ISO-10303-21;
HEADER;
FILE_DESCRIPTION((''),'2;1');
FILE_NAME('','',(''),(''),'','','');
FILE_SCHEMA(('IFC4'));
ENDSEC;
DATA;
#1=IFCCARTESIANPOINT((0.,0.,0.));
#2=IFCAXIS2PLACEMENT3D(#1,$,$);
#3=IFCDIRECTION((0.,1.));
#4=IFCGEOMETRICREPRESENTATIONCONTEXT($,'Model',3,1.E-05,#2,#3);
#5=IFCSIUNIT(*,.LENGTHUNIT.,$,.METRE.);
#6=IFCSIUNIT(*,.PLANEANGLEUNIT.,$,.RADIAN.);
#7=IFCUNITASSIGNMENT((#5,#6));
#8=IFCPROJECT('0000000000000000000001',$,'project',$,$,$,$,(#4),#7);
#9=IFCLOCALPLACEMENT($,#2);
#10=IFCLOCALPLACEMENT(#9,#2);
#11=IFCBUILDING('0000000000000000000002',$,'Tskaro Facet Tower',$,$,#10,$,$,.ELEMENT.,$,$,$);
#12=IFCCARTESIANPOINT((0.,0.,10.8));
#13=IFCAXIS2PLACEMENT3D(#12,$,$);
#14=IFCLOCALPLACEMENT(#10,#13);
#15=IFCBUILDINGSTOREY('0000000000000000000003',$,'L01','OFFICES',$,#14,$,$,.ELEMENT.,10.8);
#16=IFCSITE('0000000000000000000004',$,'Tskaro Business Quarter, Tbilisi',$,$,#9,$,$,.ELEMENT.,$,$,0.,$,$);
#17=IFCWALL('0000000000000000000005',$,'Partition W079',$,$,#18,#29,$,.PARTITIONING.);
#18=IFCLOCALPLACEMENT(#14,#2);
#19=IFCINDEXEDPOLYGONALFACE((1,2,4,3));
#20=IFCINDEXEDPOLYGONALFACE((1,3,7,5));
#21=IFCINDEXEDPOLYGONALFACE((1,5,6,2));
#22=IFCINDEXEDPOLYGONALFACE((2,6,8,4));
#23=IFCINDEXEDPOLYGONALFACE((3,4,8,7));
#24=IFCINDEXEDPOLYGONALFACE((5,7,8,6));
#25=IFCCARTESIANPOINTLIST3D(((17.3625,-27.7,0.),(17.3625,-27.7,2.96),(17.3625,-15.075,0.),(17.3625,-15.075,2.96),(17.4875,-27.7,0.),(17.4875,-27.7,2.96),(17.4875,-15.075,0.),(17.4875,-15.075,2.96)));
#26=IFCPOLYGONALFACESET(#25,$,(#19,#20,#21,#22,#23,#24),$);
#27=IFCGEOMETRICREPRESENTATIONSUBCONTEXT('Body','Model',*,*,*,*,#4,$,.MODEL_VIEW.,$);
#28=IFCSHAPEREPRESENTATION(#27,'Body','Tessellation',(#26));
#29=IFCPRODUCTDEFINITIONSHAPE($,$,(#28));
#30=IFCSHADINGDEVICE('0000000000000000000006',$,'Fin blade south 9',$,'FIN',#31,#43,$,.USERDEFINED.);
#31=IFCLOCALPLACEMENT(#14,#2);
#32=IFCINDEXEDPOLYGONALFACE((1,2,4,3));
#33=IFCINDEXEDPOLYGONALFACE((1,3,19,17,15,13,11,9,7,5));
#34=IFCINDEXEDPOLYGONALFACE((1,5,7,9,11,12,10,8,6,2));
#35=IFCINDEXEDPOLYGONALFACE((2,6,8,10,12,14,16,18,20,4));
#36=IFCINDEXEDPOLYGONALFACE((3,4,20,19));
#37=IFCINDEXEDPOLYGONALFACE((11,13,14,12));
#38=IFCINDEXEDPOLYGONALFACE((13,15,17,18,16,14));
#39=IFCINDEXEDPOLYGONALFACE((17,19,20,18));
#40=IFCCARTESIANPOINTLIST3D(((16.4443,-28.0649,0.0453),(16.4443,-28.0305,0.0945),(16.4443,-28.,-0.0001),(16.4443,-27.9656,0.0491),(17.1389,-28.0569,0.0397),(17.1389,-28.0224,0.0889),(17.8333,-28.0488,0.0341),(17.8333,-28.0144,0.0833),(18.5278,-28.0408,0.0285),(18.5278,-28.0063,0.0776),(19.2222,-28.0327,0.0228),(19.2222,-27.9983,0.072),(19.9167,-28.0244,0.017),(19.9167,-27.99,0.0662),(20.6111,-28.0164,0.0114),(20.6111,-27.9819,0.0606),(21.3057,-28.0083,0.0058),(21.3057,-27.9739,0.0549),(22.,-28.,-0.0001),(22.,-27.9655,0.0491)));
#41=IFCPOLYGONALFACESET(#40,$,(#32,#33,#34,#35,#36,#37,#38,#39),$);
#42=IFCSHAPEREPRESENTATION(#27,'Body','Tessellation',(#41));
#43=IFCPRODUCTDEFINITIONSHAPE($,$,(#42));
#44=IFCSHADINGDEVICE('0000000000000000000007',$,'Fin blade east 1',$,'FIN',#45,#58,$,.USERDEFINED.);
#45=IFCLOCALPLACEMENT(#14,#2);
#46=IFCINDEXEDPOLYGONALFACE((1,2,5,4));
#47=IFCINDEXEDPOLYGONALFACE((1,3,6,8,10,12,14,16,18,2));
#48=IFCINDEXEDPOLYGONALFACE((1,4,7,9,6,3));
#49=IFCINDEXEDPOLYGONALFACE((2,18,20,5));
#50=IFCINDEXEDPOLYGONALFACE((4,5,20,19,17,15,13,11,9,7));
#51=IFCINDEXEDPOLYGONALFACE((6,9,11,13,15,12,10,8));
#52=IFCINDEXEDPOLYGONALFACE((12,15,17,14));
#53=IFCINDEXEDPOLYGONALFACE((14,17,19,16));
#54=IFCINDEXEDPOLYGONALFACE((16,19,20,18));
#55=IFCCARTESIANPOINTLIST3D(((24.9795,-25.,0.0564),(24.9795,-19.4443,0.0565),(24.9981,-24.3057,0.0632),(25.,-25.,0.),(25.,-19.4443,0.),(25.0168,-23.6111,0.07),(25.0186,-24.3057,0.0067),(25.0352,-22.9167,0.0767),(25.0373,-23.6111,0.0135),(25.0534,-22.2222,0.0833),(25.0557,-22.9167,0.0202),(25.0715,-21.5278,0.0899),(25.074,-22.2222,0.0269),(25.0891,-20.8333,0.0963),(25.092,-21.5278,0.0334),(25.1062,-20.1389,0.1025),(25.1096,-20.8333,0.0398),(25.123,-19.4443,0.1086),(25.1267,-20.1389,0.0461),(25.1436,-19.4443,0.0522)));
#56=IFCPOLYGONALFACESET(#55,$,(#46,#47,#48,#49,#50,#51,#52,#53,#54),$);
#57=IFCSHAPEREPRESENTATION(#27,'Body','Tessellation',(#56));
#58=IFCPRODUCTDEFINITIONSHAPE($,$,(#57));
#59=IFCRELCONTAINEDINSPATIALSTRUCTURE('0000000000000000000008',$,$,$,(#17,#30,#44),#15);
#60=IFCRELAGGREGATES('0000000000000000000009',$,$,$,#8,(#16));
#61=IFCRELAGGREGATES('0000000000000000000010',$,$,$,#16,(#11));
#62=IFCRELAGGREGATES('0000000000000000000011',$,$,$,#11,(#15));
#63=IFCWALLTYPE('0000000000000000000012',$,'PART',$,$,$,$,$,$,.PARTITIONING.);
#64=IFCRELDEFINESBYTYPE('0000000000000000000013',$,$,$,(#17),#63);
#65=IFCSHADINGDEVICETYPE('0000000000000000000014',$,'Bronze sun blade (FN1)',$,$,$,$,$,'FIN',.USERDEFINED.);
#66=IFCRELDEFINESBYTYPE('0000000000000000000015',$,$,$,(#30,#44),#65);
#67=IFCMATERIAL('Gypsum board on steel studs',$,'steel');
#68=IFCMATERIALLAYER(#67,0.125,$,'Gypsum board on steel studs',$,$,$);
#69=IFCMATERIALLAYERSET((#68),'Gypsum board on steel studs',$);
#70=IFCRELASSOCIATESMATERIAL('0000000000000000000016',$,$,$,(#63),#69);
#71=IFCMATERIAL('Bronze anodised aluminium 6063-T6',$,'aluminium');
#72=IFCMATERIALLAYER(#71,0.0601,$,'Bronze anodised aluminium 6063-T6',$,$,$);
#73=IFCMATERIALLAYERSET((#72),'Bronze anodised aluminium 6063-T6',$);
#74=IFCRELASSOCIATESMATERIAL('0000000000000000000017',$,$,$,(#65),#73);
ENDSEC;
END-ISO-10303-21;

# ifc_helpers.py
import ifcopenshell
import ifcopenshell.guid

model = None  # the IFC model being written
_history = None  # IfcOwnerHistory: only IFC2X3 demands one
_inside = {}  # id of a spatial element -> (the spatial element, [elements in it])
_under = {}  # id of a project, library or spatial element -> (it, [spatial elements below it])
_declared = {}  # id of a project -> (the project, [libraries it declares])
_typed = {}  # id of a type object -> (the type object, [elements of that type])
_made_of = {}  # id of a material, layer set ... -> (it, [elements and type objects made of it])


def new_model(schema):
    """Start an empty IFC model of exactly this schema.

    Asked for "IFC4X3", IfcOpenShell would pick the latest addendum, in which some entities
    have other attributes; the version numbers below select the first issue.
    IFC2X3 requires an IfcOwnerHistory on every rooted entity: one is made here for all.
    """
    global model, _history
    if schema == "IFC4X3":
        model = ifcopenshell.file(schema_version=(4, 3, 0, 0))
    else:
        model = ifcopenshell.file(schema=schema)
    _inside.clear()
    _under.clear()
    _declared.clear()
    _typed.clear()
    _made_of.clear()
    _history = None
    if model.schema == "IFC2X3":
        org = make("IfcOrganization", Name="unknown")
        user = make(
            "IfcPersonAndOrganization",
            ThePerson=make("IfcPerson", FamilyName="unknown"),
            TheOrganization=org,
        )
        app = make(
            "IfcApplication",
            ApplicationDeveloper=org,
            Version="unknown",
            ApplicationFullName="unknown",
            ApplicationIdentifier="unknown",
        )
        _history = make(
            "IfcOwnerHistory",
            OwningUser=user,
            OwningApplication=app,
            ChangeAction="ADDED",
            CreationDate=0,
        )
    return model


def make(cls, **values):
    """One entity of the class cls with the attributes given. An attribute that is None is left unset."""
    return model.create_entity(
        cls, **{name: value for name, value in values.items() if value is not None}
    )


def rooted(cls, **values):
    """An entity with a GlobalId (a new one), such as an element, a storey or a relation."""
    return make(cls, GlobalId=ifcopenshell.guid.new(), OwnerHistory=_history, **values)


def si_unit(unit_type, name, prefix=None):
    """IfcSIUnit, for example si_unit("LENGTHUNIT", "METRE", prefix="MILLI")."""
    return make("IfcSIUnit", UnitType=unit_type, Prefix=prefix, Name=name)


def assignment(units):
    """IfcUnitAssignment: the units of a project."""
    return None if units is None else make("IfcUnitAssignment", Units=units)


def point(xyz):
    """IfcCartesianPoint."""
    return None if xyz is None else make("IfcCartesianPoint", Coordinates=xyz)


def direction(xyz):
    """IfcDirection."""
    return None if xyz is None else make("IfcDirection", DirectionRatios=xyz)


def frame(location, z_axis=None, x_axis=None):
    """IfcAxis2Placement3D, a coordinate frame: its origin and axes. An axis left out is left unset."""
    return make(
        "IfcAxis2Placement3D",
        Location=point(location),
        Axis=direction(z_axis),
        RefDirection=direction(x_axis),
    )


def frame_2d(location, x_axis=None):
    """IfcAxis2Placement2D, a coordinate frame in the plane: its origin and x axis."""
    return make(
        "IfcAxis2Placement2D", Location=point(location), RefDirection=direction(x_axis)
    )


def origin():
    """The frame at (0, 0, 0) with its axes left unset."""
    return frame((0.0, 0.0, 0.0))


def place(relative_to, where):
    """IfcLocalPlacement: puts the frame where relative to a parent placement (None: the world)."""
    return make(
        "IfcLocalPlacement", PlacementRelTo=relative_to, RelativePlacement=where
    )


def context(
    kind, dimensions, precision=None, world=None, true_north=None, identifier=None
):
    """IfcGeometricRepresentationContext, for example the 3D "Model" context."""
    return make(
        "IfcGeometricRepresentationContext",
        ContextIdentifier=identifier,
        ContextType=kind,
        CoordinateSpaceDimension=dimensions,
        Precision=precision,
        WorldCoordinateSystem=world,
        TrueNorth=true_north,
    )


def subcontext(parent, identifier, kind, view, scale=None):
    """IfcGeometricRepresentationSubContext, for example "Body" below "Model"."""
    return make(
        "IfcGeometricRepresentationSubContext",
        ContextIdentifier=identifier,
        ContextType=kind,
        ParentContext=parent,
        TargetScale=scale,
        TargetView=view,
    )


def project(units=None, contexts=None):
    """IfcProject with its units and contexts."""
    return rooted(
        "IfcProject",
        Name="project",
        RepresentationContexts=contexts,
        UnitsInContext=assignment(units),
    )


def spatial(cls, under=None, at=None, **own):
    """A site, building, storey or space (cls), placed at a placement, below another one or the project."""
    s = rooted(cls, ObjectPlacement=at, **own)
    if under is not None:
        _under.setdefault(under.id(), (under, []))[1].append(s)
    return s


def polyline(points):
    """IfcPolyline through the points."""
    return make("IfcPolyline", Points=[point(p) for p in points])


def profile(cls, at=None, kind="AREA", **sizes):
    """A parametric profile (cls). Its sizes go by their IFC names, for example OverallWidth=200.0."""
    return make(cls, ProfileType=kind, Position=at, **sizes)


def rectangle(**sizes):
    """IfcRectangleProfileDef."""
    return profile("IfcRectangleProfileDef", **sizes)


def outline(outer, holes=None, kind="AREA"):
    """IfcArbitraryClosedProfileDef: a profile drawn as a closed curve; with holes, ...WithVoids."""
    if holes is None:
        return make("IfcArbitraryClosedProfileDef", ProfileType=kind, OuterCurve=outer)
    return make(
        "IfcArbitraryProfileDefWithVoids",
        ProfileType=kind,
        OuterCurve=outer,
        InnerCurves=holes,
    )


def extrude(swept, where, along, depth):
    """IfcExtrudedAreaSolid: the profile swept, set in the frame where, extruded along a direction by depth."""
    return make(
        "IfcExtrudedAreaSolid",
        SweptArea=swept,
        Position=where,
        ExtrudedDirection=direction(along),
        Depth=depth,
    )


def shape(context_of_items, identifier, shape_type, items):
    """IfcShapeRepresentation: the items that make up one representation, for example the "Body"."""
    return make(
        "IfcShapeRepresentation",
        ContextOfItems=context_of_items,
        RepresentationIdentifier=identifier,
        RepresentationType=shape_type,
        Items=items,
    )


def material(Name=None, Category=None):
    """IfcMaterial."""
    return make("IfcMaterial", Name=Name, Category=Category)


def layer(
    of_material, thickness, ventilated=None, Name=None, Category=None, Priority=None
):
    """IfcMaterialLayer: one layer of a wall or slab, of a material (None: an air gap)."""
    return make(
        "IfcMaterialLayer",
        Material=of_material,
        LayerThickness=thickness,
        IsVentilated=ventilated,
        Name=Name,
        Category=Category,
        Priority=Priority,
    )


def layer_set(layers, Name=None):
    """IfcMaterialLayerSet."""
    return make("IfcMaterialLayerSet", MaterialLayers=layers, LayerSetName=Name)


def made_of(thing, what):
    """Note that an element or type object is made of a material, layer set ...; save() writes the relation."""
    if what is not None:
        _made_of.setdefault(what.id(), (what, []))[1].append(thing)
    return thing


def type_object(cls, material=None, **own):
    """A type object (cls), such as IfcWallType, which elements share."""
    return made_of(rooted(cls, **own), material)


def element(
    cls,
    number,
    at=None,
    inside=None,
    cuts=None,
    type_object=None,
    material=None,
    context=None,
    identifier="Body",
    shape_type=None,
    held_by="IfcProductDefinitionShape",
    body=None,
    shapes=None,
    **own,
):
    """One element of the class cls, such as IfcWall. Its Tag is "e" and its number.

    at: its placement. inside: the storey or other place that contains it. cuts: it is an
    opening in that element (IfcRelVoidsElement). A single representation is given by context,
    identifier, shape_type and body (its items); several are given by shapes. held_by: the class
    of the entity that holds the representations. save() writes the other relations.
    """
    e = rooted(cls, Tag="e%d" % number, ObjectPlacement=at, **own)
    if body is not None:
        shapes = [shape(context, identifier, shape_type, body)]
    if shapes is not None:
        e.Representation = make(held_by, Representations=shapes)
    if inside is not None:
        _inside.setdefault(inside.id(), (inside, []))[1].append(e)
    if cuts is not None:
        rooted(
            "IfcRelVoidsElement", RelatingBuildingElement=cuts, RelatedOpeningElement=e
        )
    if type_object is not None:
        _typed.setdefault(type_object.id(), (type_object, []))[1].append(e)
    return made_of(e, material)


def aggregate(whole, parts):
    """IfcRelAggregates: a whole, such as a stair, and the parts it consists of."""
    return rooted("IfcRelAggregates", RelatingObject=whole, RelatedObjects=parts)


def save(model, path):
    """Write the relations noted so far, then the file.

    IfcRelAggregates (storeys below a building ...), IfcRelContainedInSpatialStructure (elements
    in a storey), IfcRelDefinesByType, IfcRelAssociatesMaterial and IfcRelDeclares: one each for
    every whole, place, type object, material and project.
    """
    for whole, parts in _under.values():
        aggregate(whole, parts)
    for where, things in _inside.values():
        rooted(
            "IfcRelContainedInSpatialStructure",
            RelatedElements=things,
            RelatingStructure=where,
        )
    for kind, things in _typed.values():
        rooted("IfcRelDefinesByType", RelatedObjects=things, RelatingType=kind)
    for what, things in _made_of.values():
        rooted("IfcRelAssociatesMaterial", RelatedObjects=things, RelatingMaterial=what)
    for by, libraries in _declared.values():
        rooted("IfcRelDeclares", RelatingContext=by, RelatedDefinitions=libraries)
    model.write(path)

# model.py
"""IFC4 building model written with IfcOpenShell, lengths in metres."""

from ifc_helpers import new_model, si_unit, direction, frame, frame_2d, origin, place, context, subcontext, project, spatial, polyline, rectangle, outline, extrude, material, layer, layer_set, type_object, element, save


model = new_model("IFC4")

# Units and contexts
model_context = context("Model", 3, precision=1e-05, world=origin(), true_north=direction((0.0, 1.0)))
body_context = subcontext(model_context, "Body", "Model", "MODEL_VIEW")
ifc_project = project(units=[si_unit("LENGTHUNIT", "METRE"), si_unit("PLANEANGLEUNIT", "RADIAN")], contexts=[model_context])

# Site, building, storey
site_placement = place(None, origin())
site = spatial("IfcSite", under=ifc_project, at=site_placement, Name="Tskaro Business Quarter, Tbilisi", CompositionType="ELEMENT", RefElevation=0.0)
building_placement = place(site_placement, origin())
building = spatial("IfcBuilding", under=site, at=building_placement, Name="Tskaro Facet Tower", CompositionType="ELEMENT")
storey_placement = place(building_placement, frame((0.0, 0.0, 10.8)))
storey = spatial("IfcBuildingStorey", under=building, at=storey_placement, Name="L01", Description="OFFICES", CompositionType="ELEMENT", Elevation=10.8)

# Shared definitions
ifc_material_1 = material(Name="Bronze anodised aluminium 6063-T6", Category="aluminium")

# Wall
ifc_material_2 = material(Name="Gypsum board on steel studs", Category="steel")
ifc_layer_1 = layer(ifc_material_2, 0.125, Name="Gypsum board on steel studs")
ifc_layer_set_1 = layer_set([ifc_layer_1], Name="Gypsum board on steel studs")
wall_type = type_object("IfcWallType", Name="PART", PredefinedType="PARTITIONING", material=ifc_layer_set_1)
wall_placement = place(storey_placement, frame((17.425, -27.7, 0.0), z_axis=(0.0, 0.0, 1.0), x_axis=(0.0, 1.0, 0.0)))
element("IfcWall", 1, at=wall_placement, inside=storey, type_object=wall_type, Name="Partition W079", PredefinedType="PARTITIONING", context=body_context, shape_type="SweptSolid", body=[
    extrude(rectangle(XDim=12.625, YDim=0.125, at=frame_2d((6.3125, 0.0))), origin(), (0.0, 0.0, 1.0), 2.96),
])

# Shading devices
ifc_layer_2 = layer(ifc_material_1, 0.0601, Name="Bronze anodised aluminium 6063-T6")
ifc_layer_set_2 = layer_set([ifc_layer_2], Name="Bronze anodised aluminium 6063-T6")
shading_device_type = type_object("IfcShadingDeviceType", Name="Bronze sun blade (FN1)", ElementType="FIN", PredefinedType="USERDEFINED", material=ifc_layer_set_2)
shading_device_1_placement = place(storey_placement, frame((16.4443, -27.9656, 0.0491), z_axis=(-0.000011, 0.573668, 0.819088), x_axis=(1.0, 0.000006, 0.000009)))
element("IfcShadingDevice", 2, at=shading_device_1_placement, inside=storey, type_object=shading_device_type, Name="Fin blade south 9", ObjectType="FIN", PredefinedType="USERDEFINED", context=body_context, shape_type="SweptSolid", body=[
    extrude(outline(polyline([(0.0, 0.0), (5.5557, 0.0), (4.8613, -0.0102), (4.1667, -0.02), (3.4724, -0.0298), (2.7778, -0.04), (2.0835, -0.0498), (1.3889, -0.0596), (0.6946, -0.0694), (0.0, -0.0792), (0.0, 0.0)])), origin(), (0.0, 0.0, -1.0), 0.0601),
])
shading_device_2_placement = place(storey_placement, frame((24.9795, -25.0, 0.0564), z_axis=(-0.341617, -0.000011, 0.939839), x_axis=(-0.000004, 1.0, 0.000011)))
element("IfcShadingDevice", 3, at=shading_device_2_placement, inside=storey, type_object=shading_device_type, Name="Fin blade east 1", ObjectType="FIN", PredefinedType="USERDEFINED", context=body_context, shape_type="SweptSolid", body=[
    extrude(outline(polyline([(0.0, 0.0), (5.5557, 0.0), (5.5557, -0.1528), (4.8611, -0.1348), (4.1667, -0.1166), (3.4722, -0.0979), (2.7778, -0.0787), (2.0833, -0.0592), (1.3889, -0.0397), (0.6943, -0.0198), (0.0, 0.0)])), origin(), (0.0, 0.0, -1.0), 0.0601),
])

save(model, "model.ifc")
